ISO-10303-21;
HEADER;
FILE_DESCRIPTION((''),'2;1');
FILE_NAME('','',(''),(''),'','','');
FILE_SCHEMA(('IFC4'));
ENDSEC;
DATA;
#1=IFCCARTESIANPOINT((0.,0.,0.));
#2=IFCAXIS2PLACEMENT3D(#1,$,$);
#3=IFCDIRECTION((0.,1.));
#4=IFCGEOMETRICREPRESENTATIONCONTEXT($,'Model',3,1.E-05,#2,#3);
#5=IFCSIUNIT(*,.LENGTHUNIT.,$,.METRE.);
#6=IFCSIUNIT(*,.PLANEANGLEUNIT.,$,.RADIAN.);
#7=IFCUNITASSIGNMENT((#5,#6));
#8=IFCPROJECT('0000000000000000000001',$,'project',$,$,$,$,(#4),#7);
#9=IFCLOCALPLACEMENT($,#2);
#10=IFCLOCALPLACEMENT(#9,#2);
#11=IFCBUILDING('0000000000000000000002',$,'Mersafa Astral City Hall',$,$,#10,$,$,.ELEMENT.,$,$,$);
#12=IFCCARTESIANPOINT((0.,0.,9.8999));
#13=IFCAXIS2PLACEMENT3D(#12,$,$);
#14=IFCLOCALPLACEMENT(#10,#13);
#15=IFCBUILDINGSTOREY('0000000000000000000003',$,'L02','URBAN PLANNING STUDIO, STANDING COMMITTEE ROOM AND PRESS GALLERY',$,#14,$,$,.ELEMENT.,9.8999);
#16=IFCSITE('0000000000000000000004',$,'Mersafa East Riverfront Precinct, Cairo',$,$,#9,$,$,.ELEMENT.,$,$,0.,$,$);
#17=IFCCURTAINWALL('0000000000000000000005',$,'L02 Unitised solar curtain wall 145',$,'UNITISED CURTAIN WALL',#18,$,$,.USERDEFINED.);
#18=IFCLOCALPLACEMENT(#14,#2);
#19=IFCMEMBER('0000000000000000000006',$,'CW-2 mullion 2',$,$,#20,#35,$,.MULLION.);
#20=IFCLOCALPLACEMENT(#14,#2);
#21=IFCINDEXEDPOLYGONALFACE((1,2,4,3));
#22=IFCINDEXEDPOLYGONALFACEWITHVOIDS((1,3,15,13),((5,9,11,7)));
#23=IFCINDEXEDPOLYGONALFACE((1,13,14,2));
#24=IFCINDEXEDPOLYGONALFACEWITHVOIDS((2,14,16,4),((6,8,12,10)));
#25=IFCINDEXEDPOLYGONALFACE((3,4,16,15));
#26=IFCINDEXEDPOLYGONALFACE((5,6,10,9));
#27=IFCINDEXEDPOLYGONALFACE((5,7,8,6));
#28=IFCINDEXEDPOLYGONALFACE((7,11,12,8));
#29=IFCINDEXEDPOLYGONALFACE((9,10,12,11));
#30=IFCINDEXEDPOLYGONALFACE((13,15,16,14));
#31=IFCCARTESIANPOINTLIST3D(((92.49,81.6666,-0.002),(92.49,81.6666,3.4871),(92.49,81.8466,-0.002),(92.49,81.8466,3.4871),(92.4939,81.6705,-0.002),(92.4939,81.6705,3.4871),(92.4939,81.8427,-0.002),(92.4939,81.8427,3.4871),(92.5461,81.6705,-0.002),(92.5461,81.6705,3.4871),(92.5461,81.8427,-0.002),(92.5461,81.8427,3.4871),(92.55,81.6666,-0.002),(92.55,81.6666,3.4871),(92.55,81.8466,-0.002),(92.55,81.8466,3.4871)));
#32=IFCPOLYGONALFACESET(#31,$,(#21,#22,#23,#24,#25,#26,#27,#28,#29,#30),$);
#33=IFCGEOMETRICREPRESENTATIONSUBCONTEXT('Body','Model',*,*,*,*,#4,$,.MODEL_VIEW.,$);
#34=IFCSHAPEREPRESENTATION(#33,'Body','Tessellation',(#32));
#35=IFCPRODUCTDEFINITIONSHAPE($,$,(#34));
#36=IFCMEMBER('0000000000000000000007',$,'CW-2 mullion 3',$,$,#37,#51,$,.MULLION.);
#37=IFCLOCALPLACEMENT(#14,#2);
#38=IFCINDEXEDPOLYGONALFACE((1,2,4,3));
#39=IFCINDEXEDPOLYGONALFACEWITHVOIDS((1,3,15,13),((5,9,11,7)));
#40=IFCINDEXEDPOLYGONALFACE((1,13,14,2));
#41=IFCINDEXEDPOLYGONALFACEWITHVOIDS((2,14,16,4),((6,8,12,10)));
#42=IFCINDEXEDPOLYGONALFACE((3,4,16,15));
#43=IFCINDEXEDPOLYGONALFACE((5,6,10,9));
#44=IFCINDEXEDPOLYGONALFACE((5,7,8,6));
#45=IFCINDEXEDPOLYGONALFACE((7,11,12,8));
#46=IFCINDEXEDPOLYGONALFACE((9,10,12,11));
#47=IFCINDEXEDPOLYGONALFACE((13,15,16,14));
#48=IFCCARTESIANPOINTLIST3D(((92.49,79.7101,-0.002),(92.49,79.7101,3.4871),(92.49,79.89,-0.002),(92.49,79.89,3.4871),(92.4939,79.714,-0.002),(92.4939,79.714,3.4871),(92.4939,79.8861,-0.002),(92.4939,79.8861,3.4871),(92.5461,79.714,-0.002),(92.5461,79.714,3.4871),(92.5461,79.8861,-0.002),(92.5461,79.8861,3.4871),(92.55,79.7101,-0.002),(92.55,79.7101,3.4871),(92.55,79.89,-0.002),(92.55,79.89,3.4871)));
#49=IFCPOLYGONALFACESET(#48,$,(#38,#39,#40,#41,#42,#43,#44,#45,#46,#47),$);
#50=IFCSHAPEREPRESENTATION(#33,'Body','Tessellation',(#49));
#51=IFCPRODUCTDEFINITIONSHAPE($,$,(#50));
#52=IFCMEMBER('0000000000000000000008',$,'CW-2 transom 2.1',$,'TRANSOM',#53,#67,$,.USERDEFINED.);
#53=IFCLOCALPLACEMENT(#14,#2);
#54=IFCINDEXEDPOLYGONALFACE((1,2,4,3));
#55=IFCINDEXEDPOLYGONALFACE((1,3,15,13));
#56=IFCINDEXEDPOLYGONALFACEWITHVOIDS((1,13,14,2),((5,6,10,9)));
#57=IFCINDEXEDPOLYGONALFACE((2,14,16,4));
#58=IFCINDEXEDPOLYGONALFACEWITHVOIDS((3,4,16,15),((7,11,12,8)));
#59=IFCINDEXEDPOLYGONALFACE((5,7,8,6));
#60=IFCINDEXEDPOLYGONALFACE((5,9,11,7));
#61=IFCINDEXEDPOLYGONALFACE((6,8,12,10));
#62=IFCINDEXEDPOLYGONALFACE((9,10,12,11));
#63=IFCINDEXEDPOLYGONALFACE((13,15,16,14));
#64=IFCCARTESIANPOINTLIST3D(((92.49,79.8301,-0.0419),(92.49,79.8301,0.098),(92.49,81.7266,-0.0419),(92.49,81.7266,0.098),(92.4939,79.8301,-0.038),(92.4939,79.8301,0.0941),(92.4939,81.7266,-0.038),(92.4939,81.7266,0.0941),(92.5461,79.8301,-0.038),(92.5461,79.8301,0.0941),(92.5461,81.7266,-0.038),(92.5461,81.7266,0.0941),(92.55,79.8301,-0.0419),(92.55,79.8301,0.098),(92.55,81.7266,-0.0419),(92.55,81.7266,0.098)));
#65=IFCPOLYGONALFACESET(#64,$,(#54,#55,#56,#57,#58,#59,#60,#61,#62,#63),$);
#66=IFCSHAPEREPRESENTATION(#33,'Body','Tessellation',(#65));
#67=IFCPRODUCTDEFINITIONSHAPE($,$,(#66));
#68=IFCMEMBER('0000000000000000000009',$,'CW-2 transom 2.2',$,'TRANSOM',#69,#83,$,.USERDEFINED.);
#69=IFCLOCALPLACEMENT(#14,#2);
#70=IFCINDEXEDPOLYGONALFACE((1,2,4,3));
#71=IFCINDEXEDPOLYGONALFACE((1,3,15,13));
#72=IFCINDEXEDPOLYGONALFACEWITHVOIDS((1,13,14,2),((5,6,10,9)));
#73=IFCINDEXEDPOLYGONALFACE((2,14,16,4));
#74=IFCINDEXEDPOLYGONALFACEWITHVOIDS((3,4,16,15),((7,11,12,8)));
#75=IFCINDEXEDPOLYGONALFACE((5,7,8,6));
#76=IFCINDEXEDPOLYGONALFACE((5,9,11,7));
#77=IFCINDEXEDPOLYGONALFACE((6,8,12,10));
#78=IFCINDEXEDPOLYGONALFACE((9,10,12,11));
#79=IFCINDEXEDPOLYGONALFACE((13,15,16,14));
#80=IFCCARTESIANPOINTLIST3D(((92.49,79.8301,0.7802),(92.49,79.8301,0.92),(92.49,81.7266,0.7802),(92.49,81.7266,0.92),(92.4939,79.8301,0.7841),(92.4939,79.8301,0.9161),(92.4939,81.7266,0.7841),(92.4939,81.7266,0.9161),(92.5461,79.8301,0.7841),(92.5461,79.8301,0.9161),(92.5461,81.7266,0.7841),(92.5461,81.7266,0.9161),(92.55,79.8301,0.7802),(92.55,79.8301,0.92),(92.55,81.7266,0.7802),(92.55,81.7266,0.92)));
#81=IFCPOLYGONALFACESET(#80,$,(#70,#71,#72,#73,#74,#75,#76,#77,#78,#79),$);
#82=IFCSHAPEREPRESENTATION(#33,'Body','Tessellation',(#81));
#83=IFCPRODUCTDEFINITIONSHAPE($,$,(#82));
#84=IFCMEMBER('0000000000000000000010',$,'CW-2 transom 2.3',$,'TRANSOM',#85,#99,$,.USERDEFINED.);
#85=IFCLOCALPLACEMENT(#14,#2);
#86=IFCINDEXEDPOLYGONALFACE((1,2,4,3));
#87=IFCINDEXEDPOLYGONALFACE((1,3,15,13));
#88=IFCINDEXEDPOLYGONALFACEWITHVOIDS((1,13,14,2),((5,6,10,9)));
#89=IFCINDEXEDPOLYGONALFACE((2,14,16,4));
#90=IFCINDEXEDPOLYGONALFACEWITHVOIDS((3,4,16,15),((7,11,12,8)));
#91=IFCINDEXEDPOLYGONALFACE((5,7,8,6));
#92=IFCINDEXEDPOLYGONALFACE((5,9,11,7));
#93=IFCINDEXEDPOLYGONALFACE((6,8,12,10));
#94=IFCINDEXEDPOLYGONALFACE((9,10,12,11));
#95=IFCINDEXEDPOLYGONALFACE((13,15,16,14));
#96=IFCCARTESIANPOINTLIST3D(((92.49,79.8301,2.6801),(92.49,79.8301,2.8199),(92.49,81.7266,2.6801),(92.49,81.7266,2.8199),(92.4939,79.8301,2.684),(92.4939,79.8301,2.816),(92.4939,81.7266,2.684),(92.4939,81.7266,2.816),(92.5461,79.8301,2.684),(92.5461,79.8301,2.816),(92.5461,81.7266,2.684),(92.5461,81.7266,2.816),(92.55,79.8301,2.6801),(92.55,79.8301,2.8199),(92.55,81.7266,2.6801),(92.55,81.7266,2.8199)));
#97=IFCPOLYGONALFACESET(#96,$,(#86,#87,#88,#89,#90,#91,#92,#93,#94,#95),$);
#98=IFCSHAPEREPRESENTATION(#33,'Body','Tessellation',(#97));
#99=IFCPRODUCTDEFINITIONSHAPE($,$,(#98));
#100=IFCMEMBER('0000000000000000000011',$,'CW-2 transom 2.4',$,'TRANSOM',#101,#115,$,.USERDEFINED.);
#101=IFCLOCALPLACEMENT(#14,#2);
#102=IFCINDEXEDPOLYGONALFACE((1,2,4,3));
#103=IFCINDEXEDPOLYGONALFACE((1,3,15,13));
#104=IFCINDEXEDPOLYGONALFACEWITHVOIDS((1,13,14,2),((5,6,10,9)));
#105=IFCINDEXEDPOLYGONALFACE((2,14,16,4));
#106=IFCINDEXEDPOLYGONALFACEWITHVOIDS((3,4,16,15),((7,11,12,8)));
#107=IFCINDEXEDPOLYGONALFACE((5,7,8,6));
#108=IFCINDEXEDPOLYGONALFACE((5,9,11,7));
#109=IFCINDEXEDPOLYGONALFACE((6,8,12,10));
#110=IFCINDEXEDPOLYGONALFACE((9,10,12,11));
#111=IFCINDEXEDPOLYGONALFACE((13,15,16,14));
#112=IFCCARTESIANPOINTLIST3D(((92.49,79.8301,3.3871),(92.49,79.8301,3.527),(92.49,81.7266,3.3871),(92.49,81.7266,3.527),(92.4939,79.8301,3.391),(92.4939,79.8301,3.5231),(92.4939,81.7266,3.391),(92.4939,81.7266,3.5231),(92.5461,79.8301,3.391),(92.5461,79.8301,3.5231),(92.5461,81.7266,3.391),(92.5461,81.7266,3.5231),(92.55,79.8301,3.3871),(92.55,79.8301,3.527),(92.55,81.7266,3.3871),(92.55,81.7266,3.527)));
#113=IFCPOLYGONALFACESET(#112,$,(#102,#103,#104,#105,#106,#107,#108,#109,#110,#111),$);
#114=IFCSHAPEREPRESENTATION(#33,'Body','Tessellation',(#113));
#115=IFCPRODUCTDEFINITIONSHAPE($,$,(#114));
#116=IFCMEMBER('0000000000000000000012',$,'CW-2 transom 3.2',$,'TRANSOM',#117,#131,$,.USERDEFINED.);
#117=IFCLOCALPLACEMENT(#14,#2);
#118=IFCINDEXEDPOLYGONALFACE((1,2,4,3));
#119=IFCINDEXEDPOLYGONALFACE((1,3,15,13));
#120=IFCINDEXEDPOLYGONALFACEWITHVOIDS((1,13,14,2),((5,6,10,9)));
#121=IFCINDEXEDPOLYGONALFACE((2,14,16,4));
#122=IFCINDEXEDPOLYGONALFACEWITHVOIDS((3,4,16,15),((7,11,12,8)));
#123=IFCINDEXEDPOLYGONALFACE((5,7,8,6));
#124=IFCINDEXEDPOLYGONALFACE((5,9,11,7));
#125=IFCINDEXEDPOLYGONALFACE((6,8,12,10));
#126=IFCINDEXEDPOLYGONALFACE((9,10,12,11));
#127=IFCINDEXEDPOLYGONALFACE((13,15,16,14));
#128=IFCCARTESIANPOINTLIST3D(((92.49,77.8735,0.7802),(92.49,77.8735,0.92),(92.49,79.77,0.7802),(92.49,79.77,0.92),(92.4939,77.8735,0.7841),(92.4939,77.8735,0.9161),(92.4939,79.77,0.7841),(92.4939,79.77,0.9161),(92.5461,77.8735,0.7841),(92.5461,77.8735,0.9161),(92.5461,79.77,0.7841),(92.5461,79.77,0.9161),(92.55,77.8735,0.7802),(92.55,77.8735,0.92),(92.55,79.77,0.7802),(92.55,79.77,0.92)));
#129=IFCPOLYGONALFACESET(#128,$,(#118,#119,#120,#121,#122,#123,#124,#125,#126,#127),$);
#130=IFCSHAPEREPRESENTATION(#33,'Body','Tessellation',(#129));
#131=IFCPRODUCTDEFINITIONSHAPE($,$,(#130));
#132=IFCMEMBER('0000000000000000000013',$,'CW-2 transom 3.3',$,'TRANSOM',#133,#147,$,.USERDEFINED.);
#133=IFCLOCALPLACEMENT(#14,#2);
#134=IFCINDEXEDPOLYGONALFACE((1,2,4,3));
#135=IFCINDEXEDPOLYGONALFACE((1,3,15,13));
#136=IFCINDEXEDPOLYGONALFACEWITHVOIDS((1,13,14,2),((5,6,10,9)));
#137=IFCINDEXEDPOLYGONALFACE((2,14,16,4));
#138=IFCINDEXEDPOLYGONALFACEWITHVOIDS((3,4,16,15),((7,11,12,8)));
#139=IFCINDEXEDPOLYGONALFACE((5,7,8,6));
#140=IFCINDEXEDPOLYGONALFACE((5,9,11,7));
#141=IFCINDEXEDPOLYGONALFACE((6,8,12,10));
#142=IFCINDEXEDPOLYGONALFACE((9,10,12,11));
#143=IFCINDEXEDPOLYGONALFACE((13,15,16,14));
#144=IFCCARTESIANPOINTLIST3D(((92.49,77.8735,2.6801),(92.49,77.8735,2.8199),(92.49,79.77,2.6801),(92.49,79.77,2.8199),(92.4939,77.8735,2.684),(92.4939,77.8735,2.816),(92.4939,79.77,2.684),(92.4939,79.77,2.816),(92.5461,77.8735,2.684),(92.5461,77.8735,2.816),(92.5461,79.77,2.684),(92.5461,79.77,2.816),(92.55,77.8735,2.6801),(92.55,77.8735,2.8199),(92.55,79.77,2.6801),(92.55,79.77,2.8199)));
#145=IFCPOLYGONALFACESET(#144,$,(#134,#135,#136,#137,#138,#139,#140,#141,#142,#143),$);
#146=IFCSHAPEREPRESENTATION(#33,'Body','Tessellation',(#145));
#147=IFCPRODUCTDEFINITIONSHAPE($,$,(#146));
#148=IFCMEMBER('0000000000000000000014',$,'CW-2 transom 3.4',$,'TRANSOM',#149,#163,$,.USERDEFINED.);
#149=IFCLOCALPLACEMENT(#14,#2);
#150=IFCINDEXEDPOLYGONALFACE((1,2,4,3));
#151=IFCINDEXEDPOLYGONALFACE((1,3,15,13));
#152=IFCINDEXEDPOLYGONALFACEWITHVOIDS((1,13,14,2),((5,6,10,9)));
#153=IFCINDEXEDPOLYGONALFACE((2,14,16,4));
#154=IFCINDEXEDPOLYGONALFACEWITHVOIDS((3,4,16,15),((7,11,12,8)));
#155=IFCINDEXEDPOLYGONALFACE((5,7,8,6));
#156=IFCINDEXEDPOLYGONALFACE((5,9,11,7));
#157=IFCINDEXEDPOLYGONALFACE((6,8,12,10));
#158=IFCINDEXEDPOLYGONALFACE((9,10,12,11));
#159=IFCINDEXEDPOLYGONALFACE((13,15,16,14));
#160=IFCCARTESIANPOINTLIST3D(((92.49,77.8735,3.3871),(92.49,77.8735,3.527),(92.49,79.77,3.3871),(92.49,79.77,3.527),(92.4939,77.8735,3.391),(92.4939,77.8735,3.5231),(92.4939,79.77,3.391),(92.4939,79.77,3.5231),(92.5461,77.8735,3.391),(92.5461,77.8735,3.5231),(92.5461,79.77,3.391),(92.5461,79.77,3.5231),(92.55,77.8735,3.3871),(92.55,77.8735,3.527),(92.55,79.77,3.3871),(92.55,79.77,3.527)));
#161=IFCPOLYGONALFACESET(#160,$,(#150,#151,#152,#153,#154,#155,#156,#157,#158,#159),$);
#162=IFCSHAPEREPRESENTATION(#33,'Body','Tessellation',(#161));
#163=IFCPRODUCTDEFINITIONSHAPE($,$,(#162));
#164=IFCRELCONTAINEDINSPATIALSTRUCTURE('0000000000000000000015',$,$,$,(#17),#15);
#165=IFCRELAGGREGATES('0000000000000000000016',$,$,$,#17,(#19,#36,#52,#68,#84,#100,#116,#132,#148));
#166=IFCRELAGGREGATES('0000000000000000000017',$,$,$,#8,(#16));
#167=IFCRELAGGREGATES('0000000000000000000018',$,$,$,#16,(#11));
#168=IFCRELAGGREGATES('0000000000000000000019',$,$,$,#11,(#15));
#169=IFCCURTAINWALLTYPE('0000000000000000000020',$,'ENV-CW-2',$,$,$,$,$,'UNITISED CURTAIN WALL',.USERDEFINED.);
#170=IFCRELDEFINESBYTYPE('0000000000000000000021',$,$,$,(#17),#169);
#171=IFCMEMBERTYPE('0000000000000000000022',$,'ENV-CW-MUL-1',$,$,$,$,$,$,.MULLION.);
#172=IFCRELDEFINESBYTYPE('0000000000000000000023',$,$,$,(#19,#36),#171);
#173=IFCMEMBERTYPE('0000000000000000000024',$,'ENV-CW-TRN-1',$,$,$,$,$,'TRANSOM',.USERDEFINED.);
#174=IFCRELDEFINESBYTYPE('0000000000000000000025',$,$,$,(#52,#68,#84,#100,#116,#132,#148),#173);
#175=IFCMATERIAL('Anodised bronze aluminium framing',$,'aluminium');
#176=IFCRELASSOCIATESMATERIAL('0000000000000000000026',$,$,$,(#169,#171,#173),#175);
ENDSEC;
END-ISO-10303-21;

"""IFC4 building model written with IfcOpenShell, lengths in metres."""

from ifc_helpers import new_model, si_unit, direction, frame, origin, origin_2d, place, context, subcontext, project, spatial, hollow_rectangle, extrude, material, material_profile, profile_set, type_object, element, aggregate, save


model = new_model("IFC4")

# Units and contexts
model_context = context("Model", 3, precision=1e-05, world=origin(), true_north=direction((0.0, 1.0)))
body_context = subcontext(model_context, "Body", "Model", "MODEL_VIEW")
ifc_project = project(units=[si_unit("LENGTHUNIT", "METRE"), si_unit("PLANEANGLEUNIT", "RADIAN")], contexts=[model_context])

# Site, building, storey
site_placement = place(None, origin())
site = spatial("IfcSite", under=ifc_project, at=site_placement, Name="Mersafa East Riverfront Precinct, Cairo", CompositionType="ELEMENT", RefElevation=0.0)
building_placement = place(site_placement, origin())
building = spatial("IfcBuilding", under=site, at=building_placement, Name="Mersafa Astral City Hall", CompositionType="ELEMENT")
storey_placement = place(building_placement, frame((0.0, 0.0, 9.8999)))
storey = spatial("IfcBuildingStorey", under=building, at=storey_placement, Name="L02", Description="URBAN PLANNING STUDIO, STANDING COMMITTEE ROOM AND PRESS GALLERY", CompositionType="ELEMENT", Elevation=9.8999)

# Curtain wall, members
ifc_material_1 = material(Name="Anodised bronze aluminium framing", Category="aluminium")
curtain_wall_type = type_object("IfcCurtainWallType", Name="ENV-CW-2", ElementType="UNITISED CURTAIN WALL", PredefinedType="USERDEFINED", material=ifc_material_1)
curtain_wall_placement = place(storey_placement, origin())
curtain_wall = element("IfcCurtainWall", 1, at=curtain_wall_placement, inside=storey, type_object=curtain_wall_type, Name="L02 Unitised solar curtain wall 145", ObjectType="UNITISED CURTAIN WALL", PredefinedType="USERDEFINED")
ifc_material_profile_1 = material_profile(ifc_material_1, hollow_rectangle(XDim=0.0601, YDim=0.1799, WallThickness=0.0039, at=origin_2d()), Name="RHS 60x180x4")
ifc_profile_set_1 = profile_set([ifc_material_profile_1], Name="Anodised bronze aluminium framing")
member_type_1 = type_object("IfcMemberType", Name="ENV-CW-MUL-1", PredefinedType="MULLION", material=ifc_profile_set_1)
member_1_placement = place(storey_placement, frame((92.52, 81.7566, -0.002), z_axis=(0.0, 0.0, 1.0), x_axis=(1.0, 0.0, 0.0)))
member_1 = element("IfcMember", 2, at=member_1_placement, type_object=member_type_1, Name="CW-2 mullion 2", PredefinedType="MULLION", context=body_context, shape_type="SweptSolid", body=[
    extrude(hollow_rectangle(XDim=0.0601, YDim=0.1799, WallThickness=0.0039, at=origin_2d()), origin(), (0.0, 0.0, 1.0), 3.489),
])
member_2_placement = place(storey_placement, frame((92.52, 79.8, -0.002), z_axis=(0.0, 0.0, 1.0), x_axis=(1.0, 0.0, 0.0)))
member_2 = element("IfcMember", 3, at=member_2_placement, type_object=member_type_1, Name="CW-2 mullion 3", PredefinedType="MULLION", context=body_context, shape_type="SweptSolid", body=[
    extrude(hollow_rectangle(XDim=0.0601, YDim=0.1799, WallThickness=0.0039, at=origin_2d()), origin(), (0.0, 0.0, 1.0), 3.489),
])
ifc_material_profile_2 = material_profile(ifc_material_1, hollow_rectangle(XDim=0.0601, YDim=0.1399, WallThickness=0.0039, at=origin_2d()), Name="RHS 60x140x4")
ifc_profile_set_2 = profile_set([ifc_material_profile_2], Name="Anodised bronze aluminium framing")
member_type_2 = type_object("IfcMemberType", Name="ENV-CW-TRN-1", ElementType="TRANSOM", PredefinedType="USERDEFINED", material=ifc_profile_set_2)
member_3_placement = place(storey_placement, frame((92.52, 81.7266, 0.0281), z_axis=(0.0, -1.0, 0.0), x_axis=(1.0, 0.0, 0.0)))
member_3 = element("IfcMember", 4, at=member_3_placement, type_object=member_type_2, Name="CW-2 transom 2.1", ObjectType="TRANSOM", PredefinedType="USERDEFINED", context=body_context, shape_type="SweptSolid", body=[
    extrude(hollow_rectangle(XDim=0.0601, YDim=0.1399, WallThickness=0.0039, at=origin_2d()), origin(), (0.0, 0.0, 1.0), 1.8965),
])
member_4_placement = place(storey_placement, frame((92.52, 81.7266, 0.8501), z_axis=(0.0, -1.0, 0.0), x_axis=(1.0, 0.0, 0.0)))
member_4 = element("IfcMember", 5, at=member_4_placement, type_object=member_type_2, Name="CW-2 transom 2.2", ObjectType="TRANSOM", PredefinedType="USERDEFINED", context=body_context, shape_type="SweptSolid", body=[
    extrude(hollow_rectangle(XDim=0.0601, YDim=0.1399, WallThickness=0.0039, at=origin_2d()), origin(), (0.0, 0.0, 1.0), 1.8965),
])
member_5_placement = place(storey_placement, frame((92.52, 81.7266, 2.75), z_axis=(0.0, -1.0, 0.0), x_axis=(1.0, 0.0, 0.0)))
member_5 = element("IfcMember", 6, at=member_5_placement, type_object=member_type_2, Name="CW-2 transom 2.3", ObjectType="TRANSOM", PredefinedType="USERDEFINED", context=body_context, shape_type="SweptSolid", body=[
    extrude(hollow_rectangle(XDim=0.0601, YDim=0.1399, WallThickness=0.0039, at=origin_2d()), origin(), (0.0, 0.0, 1.0), 1.8965),
])
member_6_placement = place(storey_placement, frame((92.52, 81.7266, 3.457), z_axis=(0.0, -1.0, 0.0), x_axis=(1.0, 0.0, 0.0)))
member_6 = element("IfcMember", 7, at=member_6_placement, type_object=member_type_2, Name="CW-2 transom 2.4", ObjectType="TRANSOM", PredefinedType="USERDEFINED", context=body_context, shape_type="SweptSolid", body=[
    extrude(hollow_rectangle(XDim=0.0601, YDim=0.1399, WallThickness=0.0039, at=origin_2d()), origin(), (0.0, 0.0, 1.0), 1.8965),
])
member_7_placement = place(storey_placement, frame((92.52, 79.77, 0.8501), z_axis=(0.0, -1.0, 0.0), x_axis=(1.0, 0.0, 0.0)))
member_7 = element("IfcMember", 8, at=member_7_placement, type_object=member_type_2, Name="CW-2 transom 3.2", ObjectType="TRANSOM", PredefinedType="USERDEFINED", context=body_context, shape_type="SweptSolid", body=[
    extrude(hollow_rectangle(XDim=0.0601, YDim=0.1399, WallThickness=0.0039, at=origin_2d()), origin(), (0.0, 0.0, 1.0), 1.8965),
])
member_8_placement = place(storey_placement, frame((92.52, 79.77, 2.75), z_axis=(0.0, -1.0, 0.0), x_axis=(1.0, 0.0, 0.0)))
member_8 = element("IfcMember", 9, at=member_8_placement, type_object=member_type_2, Name="CW-2 transom 3.3", ObjectType="TRANSOM", PredefinedType="USERDEFINED", context=body_context, shape_type="SweptSolid", body=[
    extrude(hollow_rectangle(XDim=0.0601, YDim=0.1399, WallThickness=0.0039, at=origin_2d()), origin(), (0.0, 0.0, 1.0), 1.8965),
])
member_9_placement = place(storey_placement, frame((92.52, 79.77, 3.457), z_axis=(0.0, -1.0, 0.0), x_axis=(1.0, 0.0, 0.0)))
member_9 = element("IfcMember", 10, at=member_9_placement, type_object=member_type_2, Name="CW-2 transom 3.4", ObjectType="TRANSOM", PredefinedType="USERDEFINED", context=body_context, shape_type="SweptSolid", body=[
    extrude(hollow_rectangle(XDim=0.0601, YDim=0.1399, WallThickness=0.0039, at=origin_2d()), origin(), (0.0, 0.0, 1.0), 1.8965),
])

aggregate(curtain_wall, [member_1, member_2, member_3, member_4, member_5, member_6, member_7, member_8, member_9])

save(model, "model.ifc")
